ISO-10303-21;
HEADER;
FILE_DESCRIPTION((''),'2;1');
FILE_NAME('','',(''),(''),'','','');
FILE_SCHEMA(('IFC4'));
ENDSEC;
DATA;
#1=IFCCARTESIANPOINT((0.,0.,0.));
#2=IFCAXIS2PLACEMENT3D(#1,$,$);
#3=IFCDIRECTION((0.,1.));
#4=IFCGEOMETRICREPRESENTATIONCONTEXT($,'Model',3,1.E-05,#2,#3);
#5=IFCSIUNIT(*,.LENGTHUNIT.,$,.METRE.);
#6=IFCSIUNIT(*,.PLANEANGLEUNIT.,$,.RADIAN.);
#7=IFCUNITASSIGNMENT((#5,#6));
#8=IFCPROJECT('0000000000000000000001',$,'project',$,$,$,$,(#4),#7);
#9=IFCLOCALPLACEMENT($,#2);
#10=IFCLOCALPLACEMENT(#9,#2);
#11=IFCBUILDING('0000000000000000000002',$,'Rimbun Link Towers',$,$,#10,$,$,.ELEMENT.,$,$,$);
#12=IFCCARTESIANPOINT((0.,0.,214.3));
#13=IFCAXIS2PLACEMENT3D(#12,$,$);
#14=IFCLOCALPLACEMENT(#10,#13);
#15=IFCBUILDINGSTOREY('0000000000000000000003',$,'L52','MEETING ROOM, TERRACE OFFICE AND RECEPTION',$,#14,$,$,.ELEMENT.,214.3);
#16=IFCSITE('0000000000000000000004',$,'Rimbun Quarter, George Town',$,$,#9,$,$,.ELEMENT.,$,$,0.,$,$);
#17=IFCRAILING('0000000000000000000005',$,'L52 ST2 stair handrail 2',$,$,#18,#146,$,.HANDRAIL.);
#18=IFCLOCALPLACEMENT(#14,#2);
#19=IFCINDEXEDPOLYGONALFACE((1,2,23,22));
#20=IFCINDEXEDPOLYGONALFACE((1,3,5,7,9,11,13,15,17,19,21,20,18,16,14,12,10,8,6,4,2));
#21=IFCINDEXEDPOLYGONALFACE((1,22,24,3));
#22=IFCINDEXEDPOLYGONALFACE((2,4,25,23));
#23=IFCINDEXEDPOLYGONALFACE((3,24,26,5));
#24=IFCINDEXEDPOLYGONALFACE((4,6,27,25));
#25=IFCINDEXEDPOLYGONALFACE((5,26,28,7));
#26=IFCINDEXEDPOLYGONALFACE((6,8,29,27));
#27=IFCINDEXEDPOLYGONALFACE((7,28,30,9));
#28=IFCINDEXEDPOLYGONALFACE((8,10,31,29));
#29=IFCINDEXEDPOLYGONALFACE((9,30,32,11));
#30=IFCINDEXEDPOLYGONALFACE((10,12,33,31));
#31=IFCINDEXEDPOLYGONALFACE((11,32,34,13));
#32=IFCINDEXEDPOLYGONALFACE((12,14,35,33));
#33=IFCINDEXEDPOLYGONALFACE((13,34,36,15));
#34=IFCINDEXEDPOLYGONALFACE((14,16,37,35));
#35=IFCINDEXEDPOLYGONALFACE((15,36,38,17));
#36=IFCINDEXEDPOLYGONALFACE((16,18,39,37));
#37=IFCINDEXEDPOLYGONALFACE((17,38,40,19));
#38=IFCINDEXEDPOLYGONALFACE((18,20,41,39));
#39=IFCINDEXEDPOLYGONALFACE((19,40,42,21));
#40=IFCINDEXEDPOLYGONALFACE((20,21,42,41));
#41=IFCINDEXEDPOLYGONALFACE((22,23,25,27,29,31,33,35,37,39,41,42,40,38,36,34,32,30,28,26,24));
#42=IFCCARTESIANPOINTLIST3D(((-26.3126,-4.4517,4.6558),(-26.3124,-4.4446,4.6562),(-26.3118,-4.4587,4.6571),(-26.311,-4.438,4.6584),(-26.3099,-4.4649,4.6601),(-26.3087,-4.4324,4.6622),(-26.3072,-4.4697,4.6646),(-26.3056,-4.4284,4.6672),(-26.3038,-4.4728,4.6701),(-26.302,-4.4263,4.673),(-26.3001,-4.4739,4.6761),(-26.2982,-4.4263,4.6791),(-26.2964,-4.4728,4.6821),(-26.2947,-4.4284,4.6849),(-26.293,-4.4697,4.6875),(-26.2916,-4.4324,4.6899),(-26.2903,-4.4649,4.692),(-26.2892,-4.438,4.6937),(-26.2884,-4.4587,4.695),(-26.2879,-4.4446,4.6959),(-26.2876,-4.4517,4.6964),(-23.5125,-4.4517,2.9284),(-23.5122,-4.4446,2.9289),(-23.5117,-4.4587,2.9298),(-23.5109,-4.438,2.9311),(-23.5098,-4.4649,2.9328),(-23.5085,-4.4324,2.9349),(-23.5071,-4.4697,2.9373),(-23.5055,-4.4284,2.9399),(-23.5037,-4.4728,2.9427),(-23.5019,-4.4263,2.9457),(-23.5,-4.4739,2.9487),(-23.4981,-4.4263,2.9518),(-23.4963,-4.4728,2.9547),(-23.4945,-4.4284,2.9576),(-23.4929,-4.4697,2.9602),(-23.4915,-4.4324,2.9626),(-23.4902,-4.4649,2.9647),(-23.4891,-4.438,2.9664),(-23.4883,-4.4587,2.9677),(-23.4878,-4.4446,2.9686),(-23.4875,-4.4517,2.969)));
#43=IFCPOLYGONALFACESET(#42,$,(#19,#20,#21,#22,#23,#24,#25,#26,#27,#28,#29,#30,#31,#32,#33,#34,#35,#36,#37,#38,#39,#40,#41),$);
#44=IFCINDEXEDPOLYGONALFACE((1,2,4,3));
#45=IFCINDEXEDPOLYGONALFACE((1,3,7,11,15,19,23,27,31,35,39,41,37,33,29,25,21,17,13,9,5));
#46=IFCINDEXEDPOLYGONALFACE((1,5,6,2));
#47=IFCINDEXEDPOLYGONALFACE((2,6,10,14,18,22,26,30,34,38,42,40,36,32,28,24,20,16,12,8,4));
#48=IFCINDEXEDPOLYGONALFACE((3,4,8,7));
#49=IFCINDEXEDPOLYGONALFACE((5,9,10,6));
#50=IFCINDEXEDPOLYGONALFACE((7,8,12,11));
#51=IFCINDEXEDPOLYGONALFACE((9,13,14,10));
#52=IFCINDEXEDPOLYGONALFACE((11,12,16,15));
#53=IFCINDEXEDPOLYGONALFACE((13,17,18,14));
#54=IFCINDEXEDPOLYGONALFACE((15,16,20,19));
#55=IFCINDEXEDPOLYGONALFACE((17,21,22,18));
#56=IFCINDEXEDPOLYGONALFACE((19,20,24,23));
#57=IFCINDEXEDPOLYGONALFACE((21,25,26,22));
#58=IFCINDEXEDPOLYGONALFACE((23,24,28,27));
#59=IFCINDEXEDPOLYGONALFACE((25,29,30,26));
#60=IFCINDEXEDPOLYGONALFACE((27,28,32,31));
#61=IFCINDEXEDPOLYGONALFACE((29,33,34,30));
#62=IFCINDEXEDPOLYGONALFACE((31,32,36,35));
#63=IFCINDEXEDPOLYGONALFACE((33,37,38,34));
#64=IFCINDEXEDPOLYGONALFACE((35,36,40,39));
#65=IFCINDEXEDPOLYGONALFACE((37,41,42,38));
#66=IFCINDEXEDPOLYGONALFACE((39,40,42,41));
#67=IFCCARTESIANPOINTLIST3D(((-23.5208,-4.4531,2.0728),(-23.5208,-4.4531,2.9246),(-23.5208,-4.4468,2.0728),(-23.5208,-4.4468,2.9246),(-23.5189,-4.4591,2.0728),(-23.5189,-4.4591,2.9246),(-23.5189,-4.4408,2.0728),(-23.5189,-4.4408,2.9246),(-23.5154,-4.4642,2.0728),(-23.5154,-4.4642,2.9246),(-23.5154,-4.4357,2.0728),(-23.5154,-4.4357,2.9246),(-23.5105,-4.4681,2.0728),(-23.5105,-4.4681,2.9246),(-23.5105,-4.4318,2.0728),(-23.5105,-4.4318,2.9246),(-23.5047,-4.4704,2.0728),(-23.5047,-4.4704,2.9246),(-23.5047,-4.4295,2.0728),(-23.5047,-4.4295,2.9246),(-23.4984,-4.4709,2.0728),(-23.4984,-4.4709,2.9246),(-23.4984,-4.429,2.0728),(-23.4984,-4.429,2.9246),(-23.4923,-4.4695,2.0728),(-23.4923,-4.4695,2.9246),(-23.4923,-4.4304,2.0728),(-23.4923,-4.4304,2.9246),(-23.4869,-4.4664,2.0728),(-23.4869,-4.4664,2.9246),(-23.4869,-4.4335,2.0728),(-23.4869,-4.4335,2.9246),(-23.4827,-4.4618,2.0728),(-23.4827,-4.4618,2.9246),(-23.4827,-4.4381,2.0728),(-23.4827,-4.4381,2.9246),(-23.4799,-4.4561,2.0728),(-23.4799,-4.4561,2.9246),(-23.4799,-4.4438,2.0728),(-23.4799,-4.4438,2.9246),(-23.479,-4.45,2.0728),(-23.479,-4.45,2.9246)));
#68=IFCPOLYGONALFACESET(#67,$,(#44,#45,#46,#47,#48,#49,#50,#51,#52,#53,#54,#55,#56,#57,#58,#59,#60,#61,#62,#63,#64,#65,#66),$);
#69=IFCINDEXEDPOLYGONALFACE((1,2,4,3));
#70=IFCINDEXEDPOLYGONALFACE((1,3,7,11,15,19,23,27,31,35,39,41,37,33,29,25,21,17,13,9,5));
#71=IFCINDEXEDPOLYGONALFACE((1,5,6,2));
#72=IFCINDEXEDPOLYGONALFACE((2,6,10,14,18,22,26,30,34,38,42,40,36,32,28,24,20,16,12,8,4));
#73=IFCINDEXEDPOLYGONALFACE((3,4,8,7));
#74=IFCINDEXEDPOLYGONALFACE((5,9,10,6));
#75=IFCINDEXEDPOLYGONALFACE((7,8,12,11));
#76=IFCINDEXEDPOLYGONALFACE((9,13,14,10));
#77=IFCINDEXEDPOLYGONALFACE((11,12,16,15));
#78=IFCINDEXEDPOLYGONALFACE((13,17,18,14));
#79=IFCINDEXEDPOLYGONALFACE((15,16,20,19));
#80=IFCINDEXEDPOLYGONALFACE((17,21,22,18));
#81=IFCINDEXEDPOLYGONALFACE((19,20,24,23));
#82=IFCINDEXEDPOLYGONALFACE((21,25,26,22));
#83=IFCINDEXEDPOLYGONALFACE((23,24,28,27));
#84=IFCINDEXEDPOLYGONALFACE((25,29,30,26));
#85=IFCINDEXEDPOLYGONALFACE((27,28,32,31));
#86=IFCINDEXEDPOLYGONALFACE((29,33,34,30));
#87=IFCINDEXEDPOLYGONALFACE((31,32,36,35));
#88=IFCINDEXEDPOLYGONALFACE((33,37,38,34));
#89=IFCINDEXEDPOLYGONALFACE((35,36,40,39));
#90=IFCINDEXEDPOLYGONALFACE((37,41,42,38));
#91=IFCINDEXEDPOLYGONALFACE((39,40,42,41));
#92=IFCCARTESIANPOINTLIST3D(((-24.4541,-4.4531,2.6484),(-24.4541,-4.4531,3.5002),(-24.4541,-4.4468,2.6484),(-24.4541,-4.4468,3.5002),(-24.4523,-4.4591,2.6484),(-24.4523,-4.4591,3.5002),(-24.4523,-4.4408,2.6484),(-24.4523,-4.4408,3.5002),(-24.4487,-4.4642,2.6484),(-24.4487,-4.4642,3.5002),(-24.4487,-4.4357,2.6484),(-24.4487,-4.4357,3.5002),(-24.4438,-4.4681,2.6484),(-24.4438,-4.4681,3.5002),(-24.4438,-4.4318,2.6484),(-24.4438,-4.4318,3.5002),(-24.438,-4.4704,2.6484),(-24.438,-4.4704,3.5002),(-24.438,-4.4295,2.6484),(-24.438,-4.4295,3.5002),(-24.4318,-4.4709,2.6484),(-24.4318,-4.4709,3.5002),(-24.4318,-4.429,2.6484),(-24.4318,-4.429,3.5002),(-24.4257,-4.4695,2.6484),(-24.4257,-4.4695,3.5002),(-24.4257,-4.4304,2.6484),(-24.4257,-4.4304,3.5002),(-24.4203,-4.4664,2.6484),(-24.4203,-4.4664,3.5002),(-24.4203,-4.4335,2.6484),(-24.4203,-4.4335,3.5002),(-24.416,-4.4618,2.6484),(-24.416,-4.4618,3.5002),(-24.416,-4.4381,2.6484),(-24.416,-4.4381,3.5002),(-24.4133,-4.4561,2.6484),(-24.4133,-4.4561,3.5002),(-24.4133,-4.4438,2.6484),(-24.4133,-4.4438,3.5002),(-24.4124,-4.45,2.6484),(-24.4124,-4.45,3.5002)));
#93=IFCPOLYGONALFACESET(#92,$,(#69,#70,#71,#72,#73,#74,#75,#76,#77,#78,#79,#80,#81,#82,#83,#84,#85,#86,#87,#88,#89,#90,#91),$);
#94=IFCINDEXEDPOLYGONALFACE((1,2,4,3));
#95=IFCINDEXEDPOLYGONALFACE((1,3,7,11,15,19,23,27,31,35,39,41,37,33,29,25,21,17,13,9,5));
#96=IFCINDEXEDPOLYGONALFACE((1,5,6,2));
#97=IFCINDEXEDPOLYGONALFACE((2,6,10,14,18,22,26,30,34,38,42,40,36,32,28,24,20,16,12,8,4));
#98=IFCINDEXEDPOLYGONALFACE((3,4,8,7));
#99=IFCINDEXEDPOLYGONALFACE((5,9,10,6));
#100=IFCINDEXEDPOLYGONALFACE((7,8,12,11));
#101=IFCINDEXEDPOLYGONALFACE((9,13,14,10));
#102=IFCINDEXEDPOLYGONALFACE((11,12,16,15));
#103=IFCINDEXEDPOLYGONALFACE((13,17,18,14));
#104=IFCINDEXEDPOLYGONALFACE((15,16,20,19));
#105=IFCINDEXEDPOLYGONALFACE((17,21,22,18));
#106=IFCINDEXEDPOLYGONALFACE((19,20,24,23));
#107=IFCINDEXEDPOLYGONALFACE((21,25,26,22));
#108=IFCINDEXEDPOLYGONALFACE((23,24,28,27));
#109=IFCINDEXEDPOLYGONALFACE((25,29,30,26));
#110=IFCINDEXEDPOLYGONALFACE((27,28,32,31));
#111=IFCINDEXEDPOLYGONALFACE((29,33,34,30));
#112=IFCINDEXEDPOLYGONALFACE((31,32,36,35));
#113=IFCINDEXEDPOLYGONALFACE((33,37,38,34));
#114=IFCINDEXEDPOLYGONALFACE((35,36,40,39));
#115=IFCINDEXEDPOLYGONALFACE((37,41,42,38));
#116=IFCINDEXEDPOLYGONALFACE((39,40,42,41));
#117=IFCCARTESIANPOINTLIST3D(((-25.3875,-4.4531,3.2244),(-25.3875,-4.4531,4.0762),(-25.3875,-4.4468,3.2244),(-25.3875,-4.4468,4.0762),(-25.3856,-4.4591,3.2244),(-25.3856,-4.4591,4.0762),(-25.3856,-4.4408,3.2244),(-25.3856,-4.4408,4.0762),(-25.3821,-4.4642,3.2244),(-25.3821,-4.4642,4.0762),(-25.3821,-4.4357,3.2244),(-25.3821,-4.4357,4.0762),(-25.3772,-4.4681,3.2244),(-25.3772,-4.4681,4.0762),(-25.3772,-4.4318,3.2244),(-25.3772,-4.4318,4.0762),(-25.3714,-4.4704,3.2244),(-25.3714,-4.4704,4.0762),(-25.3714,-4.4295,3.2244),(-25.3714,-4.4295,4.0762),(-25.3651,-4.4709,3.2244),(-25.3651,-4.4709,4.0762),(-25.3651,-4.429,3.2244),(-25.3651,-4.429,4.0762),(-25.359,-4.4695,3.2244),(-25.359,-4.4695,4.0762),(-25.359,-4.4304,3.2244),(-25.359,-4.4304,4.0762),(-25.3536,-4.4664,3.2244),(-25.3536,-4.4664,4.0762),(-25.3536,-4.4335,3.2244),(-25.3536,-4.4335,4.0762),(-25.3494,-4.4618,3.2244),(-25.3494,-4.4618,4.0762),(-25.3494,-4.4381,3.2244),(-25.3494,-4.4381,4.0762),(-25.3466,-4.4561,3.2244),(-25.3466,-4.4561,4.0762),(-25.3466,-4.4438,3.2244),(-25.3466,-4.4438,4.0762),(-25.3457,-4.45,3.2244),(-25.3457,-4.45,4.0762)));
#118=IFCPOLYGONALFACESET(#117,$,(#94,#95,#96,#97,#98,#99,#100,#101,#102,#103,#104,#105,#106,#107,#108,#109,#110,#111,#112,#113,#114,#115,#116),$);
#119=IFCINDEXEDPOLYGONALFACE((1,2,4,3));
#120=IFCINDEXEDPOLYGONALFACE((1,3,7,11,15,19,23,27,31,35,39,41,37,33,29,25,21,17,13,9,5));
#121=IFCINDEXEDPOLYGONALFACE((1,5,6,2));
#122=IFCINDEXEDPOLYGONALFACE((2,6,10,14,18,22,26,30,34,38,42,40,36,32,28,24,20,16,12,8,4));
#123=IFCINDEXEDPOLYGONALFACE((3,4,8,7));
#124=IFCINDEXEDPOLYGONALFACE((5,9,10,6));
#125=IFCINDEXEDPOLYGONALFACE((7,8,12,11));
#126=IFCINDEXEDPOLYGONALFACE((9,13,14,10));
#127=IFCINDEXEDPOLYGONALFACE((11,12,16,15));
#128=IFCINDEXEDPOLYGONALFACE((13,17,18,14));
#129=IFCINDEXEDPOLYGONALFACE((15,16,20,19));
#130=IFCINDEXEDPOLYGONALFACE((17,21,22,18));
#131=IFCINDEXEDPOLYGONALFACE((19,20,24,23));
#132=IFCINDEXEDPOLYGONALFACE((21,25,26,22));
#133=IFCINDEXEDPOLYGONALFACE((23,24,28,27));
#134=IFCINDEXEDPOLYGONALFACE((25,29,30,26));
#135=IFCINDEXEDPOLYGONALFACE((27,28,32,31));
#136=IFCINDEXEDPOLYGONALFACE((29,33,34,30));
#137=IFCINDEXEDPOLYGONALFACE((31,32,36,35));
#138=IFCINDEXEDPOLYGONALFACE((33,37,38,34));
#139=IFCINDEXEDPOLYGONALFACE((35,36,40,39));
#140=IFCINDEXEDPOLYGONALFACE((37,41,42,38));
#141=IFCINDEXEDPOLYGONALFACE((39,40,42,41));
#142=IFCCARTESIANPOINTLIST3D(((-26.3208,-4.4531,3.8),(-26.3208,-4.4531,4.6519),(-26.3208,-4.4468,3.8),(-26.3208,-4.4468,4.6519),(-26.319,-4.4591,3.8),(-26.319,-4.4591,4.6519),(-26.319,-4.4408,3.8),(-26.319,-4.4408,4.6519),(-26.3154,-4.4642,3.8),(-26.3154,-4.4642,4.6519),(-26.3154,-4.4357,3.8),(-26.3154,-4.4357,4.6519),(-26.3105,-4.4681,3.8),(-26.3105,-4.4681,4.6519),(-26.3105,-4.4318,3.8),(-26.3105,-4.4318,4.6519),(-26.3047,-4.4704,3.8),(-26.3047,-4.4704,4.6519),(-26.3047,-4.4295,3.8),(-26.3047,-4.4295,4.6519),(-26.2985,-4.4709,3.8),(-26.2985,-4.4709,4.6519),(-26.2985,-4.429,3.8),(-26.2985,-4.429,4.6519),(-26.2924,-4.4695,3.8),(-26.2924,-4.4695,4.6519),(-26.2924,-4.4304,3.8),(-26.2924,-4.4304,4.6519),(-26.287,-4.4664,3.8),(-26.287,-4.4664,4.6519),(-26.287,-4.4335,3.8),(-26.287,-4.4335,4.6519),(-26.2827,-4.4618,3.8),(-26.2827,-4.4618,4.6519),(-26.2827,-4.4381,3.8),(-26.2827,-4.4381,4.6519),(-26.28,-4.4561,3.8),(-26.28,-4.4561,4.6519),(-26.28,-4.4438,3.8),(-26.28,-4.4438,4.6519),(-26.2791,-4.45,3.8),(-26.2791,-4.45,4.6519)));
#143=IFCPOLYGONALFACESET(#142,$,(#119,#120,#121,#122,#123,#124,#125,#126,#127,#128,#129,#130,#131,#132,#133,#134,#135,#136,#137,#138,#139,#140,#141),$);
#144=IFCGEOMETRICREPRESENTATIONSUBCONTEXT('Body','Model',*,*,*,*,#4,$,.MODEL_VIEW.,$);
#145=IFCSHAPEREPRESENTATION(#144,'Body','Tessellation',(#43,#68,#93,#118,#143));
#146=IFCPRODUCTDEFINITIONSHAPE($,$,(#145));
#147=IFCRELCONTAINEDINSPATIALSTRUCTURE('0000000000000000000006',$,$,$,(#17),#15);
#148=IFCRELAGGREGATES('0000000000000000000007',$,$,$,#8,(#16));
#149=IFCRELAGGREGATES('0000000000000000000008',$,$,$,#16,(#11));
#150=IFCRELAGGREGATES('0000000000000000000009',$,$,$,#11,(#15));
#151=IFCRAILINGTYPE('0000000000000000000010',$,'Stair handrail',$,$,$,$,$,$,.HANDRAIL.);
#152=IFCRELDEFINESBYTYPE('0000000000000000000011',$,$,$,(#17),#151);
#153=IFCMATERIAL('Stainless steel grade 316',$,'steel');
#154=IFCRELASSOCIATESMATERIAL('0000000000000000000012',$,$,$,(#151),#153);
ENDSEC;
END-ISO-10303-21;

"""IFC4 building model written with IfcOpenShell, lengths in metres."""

from ifc_helpers import new_model, si_unit, direction, frame, origin, origin_2d, place, context, subcontext, project, spatial, circle, extrude, material, type_object, element, save


model = new_model("IFC4")

# Units and contexts
model_context = context("Model", 3, precision=1e-05, world=origin(), true_north=direction((0.0, 1.0)))
body_context = subcontext(model_context, "Body", "Model", "MODEL_VIEW")
ifc_project = project(units=[si_unit("LENGTHUNIT", "METRE"), si_unit("PLANEANGLEUNIT", "RADIAN")], contexts=[model_context])

# Site, building, storey
site_placement = place(None, origin())
site = spatial("IfcSite", under=ifc_project, at=site_placement, Name="Rimbun Quarter, George Town", CompositionType="ELEMENT", RefElevation=0.0)
building_placement = place(site_placement, origin())
building = spatial("IfcBuilding", under=site, at=building_placement, Name="Rimbun Link Towers", CompositionType="ELEMENT")
storey_placement = place(building_placement, frame((0.0, 0.0, 214.3)))
storey = spatial("IfcBuildingStorey", under=building, at=storey_placement, Name="L52", Description="MEETING ROOM, TERRACE OFFICE AND RECEPTION", CompositionType="ELEMENT", Elevation=214.3)

# Railing
ifc_material_1 = material(Name="Stainless steel grade 316", Category="steel")
railing_type_1 = type_object("IfcRailingType", Name="Stair handrail", PredefinedType="HANDRAIL", material=ifc_material_1)
railing_1_placement = place(storey_placement, frame((-23.5, -4.45, 2.0728)))
element("IfcRailing", 1, at=railing_1_placement, inside=storey, type_object=railing_type_1, Name="L52 ST2 stair handrail 2", PredefinedType="HANDRAIL", context=body_context, shape_type="SweptSolid", body=[
    extrude(circle(Radius=0.0239, at=origin_2d()), frame((0.0, 0.0, 0.876), z_axis=(-0.85109, 0.0, 0.52502), x_axis=(0.0, -1.0, 0.0)), (0.0, 0.0, 1.0), 3.29),
    extrude(circle(Radius=0.021, at=origin_2d()), origin(), (0.0, 0.0, 1.0), 0.8518),
    extrude(circle(Radius=0.021, at=origin_2d()), frame((-0.9333, 0.0, 0.5757)), (0.0, 0.0, 1.0), 0.8518),
    extrude(circle(Radius=0.021, at=origin_2d()), frame((-1.8667, 0.0, 1.1516)), (0.0, 0.0, 1.0), 0.8518),
    extrude(circle(Radius=0.021, at=origin_2d()), frame((-2.8, 0.0, 1.7273)), (0.0, 0.0, 1.0), 0.8518),
])

save(model, "model.ifc")
